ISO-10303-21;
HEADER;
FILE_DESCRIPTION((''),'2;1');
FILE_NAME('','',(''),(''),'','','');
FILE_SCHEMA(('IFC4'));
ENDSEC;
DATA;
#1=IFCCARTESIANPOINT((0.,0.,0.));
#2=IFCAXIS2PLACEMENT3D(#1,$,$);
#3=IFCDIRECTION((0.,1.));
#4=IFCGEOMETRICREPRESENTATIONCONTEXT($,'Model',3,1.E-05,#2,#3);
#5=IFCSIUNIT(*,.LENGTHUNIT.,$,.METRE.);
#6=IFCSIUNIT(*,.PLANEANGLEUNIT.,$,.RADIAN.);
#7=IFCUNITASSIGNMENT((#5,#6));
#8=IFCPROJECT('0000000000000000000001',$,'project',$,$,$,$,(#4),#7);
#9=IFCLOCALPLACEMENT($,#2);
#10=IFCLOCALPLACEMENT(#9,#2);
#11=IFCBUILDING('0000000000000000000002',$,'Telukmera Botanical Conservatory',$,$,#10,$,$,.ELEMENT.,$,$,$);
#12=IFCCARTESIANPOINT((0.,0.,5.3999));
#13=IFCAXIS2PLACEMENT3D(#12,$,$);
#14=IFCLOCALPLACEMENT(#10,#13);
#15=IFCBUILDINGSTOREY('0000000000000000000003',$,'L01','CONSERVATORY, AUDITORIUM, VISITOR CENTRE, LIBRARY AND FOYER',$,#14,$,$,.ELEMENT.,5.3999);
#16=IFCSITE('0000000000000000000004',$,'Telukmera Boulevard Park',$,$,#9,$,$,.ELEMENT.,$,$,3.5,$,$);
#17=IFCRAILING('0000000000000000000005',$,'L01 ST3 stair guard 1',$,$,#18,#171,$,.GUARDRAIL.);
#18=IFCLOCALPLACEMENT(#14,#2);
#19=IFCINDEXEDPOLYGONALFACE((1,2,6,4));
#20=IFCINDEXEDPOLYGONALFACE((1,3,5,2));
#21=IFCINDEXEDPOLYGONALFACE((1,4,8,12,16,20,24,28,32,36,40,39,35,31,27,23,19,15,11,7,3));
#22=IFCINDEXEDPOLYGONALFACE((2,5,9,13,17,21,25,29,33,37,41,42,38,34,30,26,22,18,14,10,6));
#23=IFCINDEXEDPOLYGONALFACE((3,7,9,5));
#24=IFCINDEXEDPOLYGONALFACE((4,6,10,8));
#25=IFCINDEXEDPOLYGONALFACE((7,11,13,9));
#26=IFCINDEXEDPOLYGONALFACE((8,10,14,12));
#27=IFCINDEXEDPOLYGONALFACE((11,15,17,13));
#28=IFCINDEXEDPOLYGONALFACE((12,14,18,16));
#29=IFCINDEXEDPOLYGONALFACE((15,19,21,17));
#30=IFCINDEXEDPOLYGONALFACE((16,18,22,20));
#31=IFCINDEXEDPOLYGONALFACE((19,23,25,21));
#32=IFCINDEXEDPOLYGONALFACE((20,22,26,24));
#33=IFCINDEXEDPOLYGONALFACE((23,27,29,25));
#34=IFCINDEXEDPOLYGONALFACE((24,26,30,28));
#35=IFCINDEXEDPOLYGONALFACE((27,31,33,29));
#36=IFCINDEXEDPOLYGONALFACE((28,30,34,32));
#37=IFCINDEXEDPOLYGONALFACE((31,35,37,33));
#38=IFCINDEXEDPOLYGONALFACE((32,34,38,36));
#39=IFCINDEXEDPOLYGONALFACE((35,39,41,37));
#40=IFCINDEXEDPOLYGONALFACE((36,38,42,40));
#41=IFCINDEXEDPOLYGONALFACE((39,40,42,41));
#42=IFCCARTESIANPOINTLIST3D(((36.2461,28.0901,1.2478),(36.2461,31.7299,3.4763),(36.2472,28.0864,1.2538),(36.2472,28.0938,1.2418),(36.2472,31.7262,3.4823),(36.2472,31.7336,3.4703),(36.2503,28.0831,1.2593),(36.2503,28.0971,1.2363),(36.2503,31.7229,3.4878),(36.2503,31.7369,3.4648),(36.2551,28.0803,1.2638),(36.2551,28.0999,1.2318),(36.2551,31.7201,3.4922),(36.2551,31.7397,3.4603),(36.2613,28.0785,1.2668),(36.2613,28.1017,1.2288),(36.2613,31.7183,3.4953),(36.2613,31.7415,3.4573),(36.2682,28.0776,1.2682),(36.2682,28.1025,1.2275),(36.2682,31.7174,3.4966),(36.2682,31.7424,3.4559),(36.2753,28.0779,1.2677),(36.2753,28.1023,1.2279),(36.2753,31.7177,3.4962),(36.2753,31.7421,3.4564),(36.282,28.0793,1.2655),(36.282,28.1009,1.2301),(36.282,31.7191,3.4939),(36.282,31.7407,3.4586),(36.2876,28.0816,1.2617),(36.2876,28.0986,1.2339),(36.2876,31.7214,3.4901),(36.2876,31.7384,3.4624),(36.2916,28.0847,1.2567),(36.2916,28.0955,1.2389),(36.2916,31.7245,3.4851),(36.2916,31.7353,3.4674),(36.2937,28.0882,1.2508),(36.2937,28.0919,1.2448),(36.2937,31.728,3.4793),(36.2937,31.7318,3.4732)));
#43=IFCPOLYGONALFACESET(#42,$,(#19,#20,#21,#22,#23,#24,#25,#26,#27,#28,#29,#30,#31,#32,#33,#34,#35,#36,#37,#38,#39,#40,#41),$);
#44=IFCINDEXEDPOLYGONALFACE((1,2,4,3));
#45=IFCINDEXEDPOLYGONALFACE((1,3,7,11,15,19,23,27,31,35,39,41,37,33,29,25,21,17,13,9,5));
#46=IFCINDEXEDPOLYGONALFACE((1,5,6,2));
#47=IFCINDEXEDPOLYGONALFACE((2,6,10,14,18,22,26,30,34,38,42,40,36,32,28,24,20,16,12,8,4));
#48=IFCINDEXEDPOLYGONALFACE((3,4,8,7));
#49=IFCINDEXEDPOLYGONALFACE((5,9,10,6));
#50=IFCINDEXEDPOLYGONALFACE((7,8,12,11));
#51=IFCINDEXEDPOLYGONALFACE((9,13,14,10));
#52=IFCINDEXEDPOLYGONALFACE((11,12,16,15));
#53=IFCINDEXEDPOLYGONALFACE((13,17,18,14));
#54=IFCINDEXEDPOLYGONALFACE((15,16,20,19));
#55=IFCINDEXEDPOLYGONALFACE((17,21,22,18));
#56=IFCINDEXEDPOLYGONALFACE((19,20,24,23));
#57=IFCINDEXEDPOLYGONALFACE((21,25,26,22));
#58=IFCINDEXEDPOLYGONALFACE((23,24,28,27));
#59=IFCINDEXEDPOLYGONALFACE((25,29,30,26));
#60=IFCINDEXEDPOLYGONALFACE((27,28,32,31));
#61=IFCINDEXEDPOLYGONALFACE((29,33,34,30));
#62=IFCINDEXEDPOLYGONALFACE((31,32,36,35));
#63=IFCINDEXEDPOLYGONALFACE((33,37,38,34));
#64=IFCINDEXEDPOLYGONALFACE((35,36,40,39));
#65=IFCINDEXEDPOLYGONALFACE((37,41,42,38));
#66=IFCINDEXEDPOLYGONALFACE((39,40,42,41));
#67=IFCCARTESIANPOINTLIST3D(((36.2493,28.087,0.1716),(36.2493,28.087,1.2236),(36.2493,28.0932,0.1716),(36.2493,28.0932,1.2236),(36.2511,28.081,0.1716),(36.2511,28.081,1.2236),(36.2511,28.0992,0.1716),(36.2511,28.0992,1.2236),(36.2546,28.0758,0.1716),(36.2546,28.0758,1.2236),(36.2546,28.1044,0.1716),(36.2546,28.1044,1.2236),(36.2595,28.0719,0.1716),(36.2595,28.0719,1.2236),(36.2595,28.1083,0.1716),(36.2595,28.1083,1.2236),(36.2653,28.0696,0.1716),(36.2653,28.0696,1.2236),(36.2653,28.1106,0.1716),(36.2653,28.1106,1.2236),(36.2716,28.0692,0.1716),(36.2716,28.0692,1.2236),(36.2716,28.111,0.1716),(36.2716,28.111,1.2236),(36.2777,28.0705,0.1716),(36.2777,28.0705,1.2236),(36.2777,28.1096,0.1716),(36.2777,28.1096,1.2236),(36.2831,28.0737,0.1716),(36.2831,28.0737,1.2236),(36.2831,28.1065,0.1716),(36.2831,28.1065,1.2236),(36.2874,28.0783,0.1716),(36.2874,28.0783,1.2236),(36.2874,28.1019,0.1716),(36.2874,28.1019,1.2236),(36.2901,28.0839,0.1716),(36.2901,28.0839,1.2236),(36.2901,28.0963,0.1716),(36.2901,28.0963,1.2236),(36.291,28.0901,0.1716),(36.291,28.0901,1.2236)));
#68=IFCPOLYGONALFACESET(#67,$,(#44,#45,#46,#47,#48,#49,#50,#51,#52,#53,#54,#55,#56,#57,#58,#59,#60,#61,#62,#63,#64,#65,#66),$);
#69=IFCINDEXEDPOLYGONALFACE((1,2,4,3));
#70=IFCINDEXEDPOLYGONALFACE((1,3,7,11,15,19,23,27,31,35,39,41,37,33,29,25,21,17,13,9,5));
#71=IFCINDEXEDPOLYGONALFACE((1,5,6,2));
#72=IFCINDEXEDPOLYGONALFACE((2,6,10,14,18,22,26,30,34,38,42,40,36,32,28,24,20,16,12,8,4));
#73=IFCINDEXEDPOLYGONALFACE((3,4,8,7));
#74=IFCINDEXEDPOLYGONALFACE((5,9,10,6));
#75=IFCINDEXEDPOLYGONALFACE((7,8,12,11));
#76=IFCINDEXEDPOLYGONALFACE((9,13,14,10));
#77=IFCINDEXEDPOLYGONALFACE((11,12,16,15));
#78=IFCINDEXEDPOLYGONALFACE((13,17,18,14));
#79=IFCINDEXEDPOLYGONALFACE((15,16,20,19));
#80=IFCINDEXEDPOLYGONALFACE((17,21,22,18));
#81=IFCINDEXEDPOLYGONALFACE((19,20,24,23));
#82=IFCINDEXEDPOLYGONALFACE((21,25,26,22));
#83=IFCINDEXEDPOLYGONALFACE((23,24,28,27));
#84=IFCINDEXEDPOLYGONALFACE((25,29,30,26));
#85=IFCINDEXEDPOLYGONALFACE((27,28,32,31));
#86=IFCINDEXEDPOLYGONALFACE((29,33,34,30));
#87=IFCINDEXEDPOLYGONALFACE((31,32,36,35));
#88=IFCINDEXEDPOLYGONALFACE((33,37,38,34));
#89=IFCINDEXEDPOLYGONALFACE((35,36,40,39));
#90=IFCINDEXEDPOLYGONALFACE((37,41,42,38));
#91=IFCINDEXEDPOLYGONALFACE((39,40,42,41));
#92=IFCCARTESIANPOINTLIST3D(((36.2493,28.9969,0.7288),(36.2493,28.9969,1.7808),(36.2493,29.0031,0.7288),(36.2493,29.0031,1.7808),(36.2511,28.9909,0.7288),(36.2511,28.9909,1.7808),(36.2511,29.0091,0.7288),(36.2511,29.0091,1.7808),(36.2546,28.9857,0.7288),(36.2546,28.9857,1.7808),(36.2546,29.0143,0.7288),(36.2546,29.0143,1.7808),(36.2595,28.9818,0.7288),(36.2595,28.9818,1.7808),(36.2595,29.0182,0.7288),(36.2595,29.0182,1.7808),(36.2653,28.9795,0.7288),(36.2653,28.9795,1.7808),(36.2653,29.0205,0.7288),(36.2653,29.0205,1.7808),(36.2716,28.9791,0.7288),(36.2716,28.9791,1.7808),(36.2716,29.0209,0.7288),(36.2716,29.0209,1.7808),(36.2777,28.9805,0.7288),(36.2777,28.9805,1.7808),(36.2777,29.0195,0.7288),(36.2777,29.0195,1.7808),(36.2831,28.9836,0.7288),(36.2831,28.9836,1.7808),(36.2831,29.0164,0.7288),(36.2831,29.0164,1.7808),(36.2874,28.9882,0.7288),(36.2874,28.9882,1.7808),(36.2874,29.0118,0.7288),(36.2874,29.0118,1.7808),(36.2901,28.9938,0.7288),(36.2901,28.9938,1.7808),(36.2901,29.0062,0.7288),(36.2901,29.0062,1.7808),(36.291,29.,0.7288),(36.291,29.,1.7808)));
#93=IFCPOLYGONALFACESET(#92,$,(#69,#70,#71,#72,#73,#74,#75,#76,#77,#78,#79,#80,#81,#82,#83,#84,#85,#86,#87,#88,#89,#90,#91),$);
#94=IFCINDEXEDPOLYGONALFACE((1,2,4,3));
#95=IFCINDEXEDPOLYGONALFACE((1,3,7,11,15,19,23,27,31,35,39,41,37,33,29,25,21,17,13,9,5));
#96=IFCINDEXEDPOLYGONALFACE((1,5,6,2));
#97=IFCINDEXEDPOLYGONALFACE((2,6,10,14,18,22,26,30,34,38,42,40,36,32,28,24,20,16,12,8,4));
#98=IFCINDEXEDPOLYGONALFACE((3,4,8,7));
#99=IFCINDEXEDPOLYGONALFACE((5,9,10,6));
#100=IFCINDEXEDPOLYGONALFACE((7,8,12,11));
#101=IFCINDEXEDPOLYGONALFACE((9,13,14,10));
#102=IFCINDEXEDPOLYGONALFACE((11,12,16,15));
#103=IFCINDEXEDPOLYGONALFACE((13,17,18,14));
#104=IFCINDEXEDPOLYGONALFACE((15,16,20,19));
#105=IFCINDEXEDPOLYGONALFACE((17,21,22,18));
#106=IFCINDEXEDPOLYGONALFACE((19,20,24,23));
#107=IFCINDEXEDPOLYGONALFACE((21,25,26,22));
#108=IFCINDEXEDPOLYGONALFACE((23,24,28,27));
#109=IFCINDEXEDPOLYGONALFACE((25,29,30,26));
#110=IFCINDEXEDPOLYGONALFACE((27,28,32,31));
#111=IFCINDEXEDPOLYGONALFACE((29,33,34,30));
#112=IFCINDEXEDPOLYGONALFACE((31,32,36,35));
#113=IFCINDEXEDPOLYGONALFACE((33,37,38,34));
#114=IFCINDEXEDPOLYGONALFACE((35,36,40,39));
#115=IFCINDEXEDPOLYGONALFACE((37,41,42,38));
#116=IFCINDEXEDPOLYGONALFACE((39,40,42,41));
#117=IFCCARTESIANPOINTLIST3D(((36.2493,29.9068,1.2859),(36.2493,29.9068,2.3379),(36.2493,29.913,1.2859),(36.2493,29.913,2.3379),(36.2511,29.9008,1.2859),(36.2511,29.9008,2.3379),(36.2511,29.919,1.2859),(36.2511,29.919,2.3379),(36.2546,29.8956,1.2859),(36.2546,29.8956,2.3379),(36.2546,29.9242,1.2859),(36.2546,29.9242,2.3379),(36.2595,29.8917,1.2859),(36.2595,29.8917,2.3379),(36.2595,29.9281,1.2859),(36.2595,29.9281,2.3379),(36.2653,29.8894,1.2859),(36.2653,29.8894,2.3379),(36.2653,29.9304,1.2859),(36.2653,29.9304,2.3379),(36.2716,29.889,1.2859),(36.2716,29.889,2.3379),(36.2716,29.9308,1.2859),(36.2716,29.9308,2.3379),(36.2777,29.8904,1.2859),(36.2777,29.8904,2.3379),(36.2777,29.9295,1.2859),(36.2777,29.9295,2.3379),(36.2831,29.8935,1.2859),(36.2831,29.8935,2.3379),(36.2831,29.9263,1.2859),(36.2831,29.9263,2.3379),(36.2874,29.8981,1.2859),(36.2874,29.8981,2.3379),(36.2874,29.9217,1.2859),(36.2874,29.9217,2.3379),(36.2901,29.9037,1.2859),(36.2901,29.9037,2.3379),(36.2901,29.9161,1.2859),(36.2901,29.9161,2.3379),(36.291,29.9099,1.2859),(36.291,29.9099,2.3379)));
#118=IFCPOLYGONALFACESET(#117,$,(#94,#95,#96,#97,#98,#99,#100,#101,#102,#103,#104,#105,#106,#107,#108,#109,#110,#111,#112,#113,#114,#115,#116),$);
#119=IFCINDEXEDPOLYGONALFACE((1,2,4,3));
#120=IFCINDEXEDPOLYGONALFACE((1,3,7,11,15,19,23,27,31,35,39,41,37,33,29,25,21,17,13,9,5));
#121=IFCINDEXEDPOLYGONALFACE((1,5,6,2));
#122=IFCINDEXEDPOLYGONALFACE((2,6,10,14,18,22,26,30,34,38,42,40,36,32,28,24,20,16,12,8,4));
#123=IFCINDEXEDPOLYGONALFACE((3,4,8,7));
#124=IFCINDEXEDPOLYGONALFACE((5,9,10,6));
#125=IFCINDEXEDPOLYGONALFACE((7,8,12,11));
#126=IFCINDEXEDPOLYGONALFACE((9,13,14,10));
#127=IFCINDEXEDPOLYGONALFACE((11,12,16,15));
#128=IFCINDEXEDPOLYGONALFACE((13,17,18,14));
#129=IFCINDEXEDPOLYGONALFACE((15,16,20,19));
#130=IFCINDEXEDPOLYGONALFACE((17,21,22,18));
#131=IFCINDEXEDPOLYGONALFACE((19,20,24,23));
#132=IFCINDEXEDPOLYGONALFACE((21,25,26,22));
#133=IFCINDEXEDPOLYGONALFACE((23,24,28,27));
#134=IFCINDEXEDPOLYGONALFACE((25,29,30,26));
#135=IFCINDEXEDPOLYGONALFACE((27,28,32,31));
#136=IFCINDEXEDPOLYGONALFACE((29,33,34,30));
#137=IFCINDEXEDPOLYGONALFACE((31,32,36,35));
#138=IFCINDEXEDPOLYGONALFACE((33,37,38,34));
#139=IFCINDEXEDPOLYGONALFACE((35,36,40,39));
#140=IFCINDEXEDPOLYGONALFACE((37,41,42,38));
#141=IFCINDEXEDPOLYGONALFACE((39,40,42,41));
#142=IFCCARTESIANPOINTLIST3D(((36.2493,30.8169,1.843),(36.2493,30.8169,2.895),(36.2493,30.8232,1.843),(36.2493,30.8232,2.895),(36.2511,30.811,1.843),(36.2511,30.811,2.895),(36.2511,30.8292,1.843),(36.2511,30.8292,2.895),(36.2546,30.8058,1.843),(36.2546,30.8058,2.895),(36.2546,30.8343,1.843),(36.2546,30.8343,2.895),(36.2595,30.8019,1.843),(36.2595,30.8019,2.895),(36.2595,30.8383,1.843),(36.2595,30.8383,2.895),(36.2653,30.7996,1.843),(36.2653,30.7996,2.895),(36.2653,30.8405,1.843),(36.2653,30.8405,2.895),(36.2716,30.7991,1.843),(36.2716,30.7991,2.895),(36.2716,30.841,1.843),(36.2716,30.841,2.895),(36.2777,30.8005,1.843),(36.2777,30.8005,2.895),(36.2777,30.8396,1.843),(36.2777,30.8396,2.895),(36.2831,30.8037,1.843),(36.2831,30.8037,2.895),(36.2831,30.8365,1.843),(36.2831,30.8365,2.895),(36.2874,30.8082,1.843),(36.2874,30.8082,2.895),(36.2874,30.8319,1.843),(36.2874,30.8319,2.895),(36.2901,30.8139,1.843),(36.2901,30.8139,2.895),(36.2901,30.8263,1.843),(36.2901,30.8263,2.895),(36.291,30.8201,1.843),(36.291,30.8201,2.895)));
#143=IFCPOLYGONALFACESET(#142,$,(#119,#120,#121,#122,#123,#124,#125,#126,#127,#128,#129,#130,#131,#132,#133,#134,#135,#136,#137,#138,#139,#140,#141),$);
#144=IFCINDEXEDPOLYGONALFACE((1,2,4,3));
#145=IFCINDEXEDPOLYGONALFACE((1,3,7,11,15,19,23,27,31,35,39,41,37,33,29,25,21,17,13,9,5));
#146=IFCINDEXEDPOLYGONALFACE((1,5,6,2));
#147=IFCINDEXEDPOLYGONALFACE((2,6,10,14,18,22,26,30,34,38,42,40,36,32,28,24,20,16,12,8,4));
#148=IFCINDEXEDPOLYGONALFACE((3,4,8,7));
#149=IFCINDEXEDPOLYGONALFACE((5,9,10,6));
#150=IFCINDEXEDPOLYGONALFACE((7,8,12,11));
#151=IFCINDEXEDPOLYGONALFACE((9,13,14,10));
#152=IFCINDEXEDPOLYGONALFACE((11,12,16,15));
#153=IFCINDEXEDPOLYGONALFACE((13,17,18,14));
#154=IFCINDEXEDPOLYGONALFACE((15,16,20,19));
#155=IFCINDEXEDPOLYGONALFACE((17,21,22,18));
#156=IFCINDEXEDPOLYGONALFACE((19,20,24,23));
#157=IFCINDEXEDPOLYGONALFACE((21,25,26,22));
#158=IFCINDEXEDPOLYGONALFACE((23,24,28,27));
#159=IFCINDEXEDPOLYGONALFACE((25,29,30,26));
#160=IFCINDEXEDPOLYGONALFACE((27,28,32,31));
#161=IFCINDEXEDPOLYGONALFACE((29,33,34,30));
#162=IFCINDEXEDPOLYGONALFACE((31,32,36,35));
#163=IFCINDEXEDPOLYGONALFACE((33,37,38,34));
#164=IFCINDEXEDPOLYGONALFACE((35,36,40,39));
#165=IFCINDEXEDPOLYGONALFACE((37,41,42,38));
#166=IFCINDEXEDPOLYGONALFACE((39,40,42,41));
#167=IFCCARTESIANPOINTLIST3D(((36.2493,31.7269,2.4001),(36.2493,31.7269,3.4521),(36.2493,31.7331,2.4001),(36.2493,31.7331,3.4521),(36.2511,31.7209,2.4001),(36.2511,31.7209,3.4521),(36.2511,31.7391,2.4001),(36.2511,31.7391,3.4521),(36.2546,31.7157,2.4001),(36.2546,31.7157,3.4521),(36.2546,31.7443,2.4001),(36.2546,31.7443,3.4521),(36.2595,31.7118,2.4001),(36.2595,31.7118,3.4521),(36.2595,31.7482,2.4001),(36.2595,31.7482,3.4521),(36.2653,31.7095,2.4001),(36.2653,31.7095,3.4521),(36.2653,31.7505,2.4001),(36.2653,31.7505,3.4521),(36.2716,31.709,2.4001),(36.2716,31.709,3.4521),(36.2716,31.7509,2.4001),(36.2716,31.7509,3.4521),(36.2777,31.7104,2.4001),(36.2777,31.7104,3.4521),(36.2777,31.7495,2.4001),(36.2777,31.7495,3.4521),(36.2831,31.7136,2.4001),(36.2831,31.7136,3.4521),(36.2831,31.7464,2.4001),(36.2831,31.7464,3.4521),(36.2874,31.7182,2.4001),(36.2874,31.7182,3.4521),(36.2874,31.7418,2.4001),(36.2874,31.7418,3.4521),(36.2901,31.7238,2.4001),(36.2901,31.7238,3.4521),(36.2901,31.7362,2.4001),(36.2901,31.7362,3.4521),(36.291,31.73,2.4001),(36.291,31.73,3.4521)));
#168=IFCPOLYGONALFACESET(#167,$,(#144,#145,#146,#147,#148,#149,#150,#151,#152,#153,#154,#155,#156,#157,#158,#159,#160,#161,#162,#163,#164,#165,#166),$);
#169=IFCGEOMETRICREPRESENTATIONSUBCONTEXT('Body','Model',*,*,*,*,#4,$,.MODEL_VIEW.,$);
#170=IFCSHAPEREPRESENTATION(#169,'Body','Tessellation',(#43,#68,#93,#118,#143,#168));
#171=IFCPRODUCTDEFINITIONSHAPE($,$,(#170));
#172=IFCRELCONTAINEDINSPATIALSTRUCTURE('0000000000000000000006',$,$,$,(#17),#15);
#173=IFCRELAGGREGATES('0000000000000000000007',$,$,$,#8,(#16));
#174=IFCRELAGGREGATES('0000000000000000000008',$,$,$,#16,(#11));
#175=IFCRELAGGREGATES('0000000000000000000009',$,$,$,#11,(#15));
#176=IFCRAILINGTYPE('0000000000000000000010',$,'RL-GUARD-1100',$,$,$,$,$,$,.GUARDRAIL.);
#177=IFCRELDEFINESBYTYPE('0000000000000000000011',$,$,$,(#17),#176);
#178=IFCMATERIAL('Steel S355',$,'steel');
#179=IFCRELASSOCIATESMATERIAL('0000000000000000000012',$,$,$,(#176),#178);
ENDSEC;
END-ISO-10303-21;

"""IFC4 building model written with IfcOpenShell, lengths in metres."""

from ifc_helpers import new_model, si_unit, direction, frame, origin, origin_2d, place, context, subcontext, project, spatial, circle, extrude, material, type_object, element, save


model = new_model("IFC4")

# Units and contexts
model_context = context("Model", 3, precision=1e-05, world=origin(), true_north=direction((0.0, 1.0)))
body_context = subcontext(model_context, "Body", "Model", "MODEL_VIEW")
ifc_project = project(units=[si_unit("LENGTHUNIT", "METRE"), si_unit("PLANEANGLEUNIT", "RADIAN")], contexts=[model_context])

# Site, building, storey
site_placement = place(None, origin())
site = spatial("IfcSite", under=ifc_project, at=site_placement, Name="Telukmera Boulevard Park", CompositionType="ELEMENT", RefElevation=3.5)
building_placement = place(site_placement, origin())
building = spatial("IfcBuilding", under=site, at=building_placement, Name="Telukmera Botanical Conservatory", CompositionType="ELEMENT")
storey_placement = place(building_placement, frame((0.0, 0.0, 5.3999)))
storey = spatial("IfcBuildingStorey", under=building, at=storey_placement, Name="L01", Description="CONSERVATORY, AUDITORIUM, VISITOR CENTRE, LIBRARY AND FOYER", CompositionType="ELEMENT", Elevation=5.3999)

# Railing
ifc_material_1 = material(Name="Steel S355", Category="steel")
railing_type = type_object("IfcRailingType", Name="RL-GUARD-1100", PredefinedType="GUARDRAIL", material=ifc_material_1)
railing_1_placement = place(storey_placement, frame((36.27, 28.0901, 0.1716)))
element("IfcRailing", 1, at=railing_1_placement, inside=storey, type_object=railing_type, Name="L01 ST3 stair guard 1", PredefinedType="GUARDRAIL", context=body_context, shape_type="SweptSolid", body=[
    extrude(circle(Radius=0.0239, at=origin_2d()), frame((0.0, 0.0, 1.0762), z_axis=(0.0, 0.85285, 0.522156), x_axis=(-1.0, 0.0, 0.0)), (0.0, 0.0, 1.0), 4.2678),
    extrude(circle(Radius=0.021, at=origin_2d()), origin(), (0.0, 0.0, 1.0), 1.052),
    extrude(circle(Radius=0.021, at=origin_2d()), frame((0.0, 0.9099, 0.5571)), (0.0, 0.0, 1.0), 1.052),
    extrude(circle(Radius=0.021, at=origin_2d()), frame((0.0, 1.8198, 1.1143)), (0.0, 0.0, 1.0), 1.052),
    extrude(circle(Radius=0.021, at=origin_2d()), frame((0.0, 2.73, 1.6714)), (0.0, 0.0, 1.0), 1.052),
    extrude(circle(Radius=0.021, at=origin_2d()), frame((0.0, 3.6399, 2.2285)), (0.0, 0.0, 1.0), 1.052),
])

save(model, "model.ifc")
